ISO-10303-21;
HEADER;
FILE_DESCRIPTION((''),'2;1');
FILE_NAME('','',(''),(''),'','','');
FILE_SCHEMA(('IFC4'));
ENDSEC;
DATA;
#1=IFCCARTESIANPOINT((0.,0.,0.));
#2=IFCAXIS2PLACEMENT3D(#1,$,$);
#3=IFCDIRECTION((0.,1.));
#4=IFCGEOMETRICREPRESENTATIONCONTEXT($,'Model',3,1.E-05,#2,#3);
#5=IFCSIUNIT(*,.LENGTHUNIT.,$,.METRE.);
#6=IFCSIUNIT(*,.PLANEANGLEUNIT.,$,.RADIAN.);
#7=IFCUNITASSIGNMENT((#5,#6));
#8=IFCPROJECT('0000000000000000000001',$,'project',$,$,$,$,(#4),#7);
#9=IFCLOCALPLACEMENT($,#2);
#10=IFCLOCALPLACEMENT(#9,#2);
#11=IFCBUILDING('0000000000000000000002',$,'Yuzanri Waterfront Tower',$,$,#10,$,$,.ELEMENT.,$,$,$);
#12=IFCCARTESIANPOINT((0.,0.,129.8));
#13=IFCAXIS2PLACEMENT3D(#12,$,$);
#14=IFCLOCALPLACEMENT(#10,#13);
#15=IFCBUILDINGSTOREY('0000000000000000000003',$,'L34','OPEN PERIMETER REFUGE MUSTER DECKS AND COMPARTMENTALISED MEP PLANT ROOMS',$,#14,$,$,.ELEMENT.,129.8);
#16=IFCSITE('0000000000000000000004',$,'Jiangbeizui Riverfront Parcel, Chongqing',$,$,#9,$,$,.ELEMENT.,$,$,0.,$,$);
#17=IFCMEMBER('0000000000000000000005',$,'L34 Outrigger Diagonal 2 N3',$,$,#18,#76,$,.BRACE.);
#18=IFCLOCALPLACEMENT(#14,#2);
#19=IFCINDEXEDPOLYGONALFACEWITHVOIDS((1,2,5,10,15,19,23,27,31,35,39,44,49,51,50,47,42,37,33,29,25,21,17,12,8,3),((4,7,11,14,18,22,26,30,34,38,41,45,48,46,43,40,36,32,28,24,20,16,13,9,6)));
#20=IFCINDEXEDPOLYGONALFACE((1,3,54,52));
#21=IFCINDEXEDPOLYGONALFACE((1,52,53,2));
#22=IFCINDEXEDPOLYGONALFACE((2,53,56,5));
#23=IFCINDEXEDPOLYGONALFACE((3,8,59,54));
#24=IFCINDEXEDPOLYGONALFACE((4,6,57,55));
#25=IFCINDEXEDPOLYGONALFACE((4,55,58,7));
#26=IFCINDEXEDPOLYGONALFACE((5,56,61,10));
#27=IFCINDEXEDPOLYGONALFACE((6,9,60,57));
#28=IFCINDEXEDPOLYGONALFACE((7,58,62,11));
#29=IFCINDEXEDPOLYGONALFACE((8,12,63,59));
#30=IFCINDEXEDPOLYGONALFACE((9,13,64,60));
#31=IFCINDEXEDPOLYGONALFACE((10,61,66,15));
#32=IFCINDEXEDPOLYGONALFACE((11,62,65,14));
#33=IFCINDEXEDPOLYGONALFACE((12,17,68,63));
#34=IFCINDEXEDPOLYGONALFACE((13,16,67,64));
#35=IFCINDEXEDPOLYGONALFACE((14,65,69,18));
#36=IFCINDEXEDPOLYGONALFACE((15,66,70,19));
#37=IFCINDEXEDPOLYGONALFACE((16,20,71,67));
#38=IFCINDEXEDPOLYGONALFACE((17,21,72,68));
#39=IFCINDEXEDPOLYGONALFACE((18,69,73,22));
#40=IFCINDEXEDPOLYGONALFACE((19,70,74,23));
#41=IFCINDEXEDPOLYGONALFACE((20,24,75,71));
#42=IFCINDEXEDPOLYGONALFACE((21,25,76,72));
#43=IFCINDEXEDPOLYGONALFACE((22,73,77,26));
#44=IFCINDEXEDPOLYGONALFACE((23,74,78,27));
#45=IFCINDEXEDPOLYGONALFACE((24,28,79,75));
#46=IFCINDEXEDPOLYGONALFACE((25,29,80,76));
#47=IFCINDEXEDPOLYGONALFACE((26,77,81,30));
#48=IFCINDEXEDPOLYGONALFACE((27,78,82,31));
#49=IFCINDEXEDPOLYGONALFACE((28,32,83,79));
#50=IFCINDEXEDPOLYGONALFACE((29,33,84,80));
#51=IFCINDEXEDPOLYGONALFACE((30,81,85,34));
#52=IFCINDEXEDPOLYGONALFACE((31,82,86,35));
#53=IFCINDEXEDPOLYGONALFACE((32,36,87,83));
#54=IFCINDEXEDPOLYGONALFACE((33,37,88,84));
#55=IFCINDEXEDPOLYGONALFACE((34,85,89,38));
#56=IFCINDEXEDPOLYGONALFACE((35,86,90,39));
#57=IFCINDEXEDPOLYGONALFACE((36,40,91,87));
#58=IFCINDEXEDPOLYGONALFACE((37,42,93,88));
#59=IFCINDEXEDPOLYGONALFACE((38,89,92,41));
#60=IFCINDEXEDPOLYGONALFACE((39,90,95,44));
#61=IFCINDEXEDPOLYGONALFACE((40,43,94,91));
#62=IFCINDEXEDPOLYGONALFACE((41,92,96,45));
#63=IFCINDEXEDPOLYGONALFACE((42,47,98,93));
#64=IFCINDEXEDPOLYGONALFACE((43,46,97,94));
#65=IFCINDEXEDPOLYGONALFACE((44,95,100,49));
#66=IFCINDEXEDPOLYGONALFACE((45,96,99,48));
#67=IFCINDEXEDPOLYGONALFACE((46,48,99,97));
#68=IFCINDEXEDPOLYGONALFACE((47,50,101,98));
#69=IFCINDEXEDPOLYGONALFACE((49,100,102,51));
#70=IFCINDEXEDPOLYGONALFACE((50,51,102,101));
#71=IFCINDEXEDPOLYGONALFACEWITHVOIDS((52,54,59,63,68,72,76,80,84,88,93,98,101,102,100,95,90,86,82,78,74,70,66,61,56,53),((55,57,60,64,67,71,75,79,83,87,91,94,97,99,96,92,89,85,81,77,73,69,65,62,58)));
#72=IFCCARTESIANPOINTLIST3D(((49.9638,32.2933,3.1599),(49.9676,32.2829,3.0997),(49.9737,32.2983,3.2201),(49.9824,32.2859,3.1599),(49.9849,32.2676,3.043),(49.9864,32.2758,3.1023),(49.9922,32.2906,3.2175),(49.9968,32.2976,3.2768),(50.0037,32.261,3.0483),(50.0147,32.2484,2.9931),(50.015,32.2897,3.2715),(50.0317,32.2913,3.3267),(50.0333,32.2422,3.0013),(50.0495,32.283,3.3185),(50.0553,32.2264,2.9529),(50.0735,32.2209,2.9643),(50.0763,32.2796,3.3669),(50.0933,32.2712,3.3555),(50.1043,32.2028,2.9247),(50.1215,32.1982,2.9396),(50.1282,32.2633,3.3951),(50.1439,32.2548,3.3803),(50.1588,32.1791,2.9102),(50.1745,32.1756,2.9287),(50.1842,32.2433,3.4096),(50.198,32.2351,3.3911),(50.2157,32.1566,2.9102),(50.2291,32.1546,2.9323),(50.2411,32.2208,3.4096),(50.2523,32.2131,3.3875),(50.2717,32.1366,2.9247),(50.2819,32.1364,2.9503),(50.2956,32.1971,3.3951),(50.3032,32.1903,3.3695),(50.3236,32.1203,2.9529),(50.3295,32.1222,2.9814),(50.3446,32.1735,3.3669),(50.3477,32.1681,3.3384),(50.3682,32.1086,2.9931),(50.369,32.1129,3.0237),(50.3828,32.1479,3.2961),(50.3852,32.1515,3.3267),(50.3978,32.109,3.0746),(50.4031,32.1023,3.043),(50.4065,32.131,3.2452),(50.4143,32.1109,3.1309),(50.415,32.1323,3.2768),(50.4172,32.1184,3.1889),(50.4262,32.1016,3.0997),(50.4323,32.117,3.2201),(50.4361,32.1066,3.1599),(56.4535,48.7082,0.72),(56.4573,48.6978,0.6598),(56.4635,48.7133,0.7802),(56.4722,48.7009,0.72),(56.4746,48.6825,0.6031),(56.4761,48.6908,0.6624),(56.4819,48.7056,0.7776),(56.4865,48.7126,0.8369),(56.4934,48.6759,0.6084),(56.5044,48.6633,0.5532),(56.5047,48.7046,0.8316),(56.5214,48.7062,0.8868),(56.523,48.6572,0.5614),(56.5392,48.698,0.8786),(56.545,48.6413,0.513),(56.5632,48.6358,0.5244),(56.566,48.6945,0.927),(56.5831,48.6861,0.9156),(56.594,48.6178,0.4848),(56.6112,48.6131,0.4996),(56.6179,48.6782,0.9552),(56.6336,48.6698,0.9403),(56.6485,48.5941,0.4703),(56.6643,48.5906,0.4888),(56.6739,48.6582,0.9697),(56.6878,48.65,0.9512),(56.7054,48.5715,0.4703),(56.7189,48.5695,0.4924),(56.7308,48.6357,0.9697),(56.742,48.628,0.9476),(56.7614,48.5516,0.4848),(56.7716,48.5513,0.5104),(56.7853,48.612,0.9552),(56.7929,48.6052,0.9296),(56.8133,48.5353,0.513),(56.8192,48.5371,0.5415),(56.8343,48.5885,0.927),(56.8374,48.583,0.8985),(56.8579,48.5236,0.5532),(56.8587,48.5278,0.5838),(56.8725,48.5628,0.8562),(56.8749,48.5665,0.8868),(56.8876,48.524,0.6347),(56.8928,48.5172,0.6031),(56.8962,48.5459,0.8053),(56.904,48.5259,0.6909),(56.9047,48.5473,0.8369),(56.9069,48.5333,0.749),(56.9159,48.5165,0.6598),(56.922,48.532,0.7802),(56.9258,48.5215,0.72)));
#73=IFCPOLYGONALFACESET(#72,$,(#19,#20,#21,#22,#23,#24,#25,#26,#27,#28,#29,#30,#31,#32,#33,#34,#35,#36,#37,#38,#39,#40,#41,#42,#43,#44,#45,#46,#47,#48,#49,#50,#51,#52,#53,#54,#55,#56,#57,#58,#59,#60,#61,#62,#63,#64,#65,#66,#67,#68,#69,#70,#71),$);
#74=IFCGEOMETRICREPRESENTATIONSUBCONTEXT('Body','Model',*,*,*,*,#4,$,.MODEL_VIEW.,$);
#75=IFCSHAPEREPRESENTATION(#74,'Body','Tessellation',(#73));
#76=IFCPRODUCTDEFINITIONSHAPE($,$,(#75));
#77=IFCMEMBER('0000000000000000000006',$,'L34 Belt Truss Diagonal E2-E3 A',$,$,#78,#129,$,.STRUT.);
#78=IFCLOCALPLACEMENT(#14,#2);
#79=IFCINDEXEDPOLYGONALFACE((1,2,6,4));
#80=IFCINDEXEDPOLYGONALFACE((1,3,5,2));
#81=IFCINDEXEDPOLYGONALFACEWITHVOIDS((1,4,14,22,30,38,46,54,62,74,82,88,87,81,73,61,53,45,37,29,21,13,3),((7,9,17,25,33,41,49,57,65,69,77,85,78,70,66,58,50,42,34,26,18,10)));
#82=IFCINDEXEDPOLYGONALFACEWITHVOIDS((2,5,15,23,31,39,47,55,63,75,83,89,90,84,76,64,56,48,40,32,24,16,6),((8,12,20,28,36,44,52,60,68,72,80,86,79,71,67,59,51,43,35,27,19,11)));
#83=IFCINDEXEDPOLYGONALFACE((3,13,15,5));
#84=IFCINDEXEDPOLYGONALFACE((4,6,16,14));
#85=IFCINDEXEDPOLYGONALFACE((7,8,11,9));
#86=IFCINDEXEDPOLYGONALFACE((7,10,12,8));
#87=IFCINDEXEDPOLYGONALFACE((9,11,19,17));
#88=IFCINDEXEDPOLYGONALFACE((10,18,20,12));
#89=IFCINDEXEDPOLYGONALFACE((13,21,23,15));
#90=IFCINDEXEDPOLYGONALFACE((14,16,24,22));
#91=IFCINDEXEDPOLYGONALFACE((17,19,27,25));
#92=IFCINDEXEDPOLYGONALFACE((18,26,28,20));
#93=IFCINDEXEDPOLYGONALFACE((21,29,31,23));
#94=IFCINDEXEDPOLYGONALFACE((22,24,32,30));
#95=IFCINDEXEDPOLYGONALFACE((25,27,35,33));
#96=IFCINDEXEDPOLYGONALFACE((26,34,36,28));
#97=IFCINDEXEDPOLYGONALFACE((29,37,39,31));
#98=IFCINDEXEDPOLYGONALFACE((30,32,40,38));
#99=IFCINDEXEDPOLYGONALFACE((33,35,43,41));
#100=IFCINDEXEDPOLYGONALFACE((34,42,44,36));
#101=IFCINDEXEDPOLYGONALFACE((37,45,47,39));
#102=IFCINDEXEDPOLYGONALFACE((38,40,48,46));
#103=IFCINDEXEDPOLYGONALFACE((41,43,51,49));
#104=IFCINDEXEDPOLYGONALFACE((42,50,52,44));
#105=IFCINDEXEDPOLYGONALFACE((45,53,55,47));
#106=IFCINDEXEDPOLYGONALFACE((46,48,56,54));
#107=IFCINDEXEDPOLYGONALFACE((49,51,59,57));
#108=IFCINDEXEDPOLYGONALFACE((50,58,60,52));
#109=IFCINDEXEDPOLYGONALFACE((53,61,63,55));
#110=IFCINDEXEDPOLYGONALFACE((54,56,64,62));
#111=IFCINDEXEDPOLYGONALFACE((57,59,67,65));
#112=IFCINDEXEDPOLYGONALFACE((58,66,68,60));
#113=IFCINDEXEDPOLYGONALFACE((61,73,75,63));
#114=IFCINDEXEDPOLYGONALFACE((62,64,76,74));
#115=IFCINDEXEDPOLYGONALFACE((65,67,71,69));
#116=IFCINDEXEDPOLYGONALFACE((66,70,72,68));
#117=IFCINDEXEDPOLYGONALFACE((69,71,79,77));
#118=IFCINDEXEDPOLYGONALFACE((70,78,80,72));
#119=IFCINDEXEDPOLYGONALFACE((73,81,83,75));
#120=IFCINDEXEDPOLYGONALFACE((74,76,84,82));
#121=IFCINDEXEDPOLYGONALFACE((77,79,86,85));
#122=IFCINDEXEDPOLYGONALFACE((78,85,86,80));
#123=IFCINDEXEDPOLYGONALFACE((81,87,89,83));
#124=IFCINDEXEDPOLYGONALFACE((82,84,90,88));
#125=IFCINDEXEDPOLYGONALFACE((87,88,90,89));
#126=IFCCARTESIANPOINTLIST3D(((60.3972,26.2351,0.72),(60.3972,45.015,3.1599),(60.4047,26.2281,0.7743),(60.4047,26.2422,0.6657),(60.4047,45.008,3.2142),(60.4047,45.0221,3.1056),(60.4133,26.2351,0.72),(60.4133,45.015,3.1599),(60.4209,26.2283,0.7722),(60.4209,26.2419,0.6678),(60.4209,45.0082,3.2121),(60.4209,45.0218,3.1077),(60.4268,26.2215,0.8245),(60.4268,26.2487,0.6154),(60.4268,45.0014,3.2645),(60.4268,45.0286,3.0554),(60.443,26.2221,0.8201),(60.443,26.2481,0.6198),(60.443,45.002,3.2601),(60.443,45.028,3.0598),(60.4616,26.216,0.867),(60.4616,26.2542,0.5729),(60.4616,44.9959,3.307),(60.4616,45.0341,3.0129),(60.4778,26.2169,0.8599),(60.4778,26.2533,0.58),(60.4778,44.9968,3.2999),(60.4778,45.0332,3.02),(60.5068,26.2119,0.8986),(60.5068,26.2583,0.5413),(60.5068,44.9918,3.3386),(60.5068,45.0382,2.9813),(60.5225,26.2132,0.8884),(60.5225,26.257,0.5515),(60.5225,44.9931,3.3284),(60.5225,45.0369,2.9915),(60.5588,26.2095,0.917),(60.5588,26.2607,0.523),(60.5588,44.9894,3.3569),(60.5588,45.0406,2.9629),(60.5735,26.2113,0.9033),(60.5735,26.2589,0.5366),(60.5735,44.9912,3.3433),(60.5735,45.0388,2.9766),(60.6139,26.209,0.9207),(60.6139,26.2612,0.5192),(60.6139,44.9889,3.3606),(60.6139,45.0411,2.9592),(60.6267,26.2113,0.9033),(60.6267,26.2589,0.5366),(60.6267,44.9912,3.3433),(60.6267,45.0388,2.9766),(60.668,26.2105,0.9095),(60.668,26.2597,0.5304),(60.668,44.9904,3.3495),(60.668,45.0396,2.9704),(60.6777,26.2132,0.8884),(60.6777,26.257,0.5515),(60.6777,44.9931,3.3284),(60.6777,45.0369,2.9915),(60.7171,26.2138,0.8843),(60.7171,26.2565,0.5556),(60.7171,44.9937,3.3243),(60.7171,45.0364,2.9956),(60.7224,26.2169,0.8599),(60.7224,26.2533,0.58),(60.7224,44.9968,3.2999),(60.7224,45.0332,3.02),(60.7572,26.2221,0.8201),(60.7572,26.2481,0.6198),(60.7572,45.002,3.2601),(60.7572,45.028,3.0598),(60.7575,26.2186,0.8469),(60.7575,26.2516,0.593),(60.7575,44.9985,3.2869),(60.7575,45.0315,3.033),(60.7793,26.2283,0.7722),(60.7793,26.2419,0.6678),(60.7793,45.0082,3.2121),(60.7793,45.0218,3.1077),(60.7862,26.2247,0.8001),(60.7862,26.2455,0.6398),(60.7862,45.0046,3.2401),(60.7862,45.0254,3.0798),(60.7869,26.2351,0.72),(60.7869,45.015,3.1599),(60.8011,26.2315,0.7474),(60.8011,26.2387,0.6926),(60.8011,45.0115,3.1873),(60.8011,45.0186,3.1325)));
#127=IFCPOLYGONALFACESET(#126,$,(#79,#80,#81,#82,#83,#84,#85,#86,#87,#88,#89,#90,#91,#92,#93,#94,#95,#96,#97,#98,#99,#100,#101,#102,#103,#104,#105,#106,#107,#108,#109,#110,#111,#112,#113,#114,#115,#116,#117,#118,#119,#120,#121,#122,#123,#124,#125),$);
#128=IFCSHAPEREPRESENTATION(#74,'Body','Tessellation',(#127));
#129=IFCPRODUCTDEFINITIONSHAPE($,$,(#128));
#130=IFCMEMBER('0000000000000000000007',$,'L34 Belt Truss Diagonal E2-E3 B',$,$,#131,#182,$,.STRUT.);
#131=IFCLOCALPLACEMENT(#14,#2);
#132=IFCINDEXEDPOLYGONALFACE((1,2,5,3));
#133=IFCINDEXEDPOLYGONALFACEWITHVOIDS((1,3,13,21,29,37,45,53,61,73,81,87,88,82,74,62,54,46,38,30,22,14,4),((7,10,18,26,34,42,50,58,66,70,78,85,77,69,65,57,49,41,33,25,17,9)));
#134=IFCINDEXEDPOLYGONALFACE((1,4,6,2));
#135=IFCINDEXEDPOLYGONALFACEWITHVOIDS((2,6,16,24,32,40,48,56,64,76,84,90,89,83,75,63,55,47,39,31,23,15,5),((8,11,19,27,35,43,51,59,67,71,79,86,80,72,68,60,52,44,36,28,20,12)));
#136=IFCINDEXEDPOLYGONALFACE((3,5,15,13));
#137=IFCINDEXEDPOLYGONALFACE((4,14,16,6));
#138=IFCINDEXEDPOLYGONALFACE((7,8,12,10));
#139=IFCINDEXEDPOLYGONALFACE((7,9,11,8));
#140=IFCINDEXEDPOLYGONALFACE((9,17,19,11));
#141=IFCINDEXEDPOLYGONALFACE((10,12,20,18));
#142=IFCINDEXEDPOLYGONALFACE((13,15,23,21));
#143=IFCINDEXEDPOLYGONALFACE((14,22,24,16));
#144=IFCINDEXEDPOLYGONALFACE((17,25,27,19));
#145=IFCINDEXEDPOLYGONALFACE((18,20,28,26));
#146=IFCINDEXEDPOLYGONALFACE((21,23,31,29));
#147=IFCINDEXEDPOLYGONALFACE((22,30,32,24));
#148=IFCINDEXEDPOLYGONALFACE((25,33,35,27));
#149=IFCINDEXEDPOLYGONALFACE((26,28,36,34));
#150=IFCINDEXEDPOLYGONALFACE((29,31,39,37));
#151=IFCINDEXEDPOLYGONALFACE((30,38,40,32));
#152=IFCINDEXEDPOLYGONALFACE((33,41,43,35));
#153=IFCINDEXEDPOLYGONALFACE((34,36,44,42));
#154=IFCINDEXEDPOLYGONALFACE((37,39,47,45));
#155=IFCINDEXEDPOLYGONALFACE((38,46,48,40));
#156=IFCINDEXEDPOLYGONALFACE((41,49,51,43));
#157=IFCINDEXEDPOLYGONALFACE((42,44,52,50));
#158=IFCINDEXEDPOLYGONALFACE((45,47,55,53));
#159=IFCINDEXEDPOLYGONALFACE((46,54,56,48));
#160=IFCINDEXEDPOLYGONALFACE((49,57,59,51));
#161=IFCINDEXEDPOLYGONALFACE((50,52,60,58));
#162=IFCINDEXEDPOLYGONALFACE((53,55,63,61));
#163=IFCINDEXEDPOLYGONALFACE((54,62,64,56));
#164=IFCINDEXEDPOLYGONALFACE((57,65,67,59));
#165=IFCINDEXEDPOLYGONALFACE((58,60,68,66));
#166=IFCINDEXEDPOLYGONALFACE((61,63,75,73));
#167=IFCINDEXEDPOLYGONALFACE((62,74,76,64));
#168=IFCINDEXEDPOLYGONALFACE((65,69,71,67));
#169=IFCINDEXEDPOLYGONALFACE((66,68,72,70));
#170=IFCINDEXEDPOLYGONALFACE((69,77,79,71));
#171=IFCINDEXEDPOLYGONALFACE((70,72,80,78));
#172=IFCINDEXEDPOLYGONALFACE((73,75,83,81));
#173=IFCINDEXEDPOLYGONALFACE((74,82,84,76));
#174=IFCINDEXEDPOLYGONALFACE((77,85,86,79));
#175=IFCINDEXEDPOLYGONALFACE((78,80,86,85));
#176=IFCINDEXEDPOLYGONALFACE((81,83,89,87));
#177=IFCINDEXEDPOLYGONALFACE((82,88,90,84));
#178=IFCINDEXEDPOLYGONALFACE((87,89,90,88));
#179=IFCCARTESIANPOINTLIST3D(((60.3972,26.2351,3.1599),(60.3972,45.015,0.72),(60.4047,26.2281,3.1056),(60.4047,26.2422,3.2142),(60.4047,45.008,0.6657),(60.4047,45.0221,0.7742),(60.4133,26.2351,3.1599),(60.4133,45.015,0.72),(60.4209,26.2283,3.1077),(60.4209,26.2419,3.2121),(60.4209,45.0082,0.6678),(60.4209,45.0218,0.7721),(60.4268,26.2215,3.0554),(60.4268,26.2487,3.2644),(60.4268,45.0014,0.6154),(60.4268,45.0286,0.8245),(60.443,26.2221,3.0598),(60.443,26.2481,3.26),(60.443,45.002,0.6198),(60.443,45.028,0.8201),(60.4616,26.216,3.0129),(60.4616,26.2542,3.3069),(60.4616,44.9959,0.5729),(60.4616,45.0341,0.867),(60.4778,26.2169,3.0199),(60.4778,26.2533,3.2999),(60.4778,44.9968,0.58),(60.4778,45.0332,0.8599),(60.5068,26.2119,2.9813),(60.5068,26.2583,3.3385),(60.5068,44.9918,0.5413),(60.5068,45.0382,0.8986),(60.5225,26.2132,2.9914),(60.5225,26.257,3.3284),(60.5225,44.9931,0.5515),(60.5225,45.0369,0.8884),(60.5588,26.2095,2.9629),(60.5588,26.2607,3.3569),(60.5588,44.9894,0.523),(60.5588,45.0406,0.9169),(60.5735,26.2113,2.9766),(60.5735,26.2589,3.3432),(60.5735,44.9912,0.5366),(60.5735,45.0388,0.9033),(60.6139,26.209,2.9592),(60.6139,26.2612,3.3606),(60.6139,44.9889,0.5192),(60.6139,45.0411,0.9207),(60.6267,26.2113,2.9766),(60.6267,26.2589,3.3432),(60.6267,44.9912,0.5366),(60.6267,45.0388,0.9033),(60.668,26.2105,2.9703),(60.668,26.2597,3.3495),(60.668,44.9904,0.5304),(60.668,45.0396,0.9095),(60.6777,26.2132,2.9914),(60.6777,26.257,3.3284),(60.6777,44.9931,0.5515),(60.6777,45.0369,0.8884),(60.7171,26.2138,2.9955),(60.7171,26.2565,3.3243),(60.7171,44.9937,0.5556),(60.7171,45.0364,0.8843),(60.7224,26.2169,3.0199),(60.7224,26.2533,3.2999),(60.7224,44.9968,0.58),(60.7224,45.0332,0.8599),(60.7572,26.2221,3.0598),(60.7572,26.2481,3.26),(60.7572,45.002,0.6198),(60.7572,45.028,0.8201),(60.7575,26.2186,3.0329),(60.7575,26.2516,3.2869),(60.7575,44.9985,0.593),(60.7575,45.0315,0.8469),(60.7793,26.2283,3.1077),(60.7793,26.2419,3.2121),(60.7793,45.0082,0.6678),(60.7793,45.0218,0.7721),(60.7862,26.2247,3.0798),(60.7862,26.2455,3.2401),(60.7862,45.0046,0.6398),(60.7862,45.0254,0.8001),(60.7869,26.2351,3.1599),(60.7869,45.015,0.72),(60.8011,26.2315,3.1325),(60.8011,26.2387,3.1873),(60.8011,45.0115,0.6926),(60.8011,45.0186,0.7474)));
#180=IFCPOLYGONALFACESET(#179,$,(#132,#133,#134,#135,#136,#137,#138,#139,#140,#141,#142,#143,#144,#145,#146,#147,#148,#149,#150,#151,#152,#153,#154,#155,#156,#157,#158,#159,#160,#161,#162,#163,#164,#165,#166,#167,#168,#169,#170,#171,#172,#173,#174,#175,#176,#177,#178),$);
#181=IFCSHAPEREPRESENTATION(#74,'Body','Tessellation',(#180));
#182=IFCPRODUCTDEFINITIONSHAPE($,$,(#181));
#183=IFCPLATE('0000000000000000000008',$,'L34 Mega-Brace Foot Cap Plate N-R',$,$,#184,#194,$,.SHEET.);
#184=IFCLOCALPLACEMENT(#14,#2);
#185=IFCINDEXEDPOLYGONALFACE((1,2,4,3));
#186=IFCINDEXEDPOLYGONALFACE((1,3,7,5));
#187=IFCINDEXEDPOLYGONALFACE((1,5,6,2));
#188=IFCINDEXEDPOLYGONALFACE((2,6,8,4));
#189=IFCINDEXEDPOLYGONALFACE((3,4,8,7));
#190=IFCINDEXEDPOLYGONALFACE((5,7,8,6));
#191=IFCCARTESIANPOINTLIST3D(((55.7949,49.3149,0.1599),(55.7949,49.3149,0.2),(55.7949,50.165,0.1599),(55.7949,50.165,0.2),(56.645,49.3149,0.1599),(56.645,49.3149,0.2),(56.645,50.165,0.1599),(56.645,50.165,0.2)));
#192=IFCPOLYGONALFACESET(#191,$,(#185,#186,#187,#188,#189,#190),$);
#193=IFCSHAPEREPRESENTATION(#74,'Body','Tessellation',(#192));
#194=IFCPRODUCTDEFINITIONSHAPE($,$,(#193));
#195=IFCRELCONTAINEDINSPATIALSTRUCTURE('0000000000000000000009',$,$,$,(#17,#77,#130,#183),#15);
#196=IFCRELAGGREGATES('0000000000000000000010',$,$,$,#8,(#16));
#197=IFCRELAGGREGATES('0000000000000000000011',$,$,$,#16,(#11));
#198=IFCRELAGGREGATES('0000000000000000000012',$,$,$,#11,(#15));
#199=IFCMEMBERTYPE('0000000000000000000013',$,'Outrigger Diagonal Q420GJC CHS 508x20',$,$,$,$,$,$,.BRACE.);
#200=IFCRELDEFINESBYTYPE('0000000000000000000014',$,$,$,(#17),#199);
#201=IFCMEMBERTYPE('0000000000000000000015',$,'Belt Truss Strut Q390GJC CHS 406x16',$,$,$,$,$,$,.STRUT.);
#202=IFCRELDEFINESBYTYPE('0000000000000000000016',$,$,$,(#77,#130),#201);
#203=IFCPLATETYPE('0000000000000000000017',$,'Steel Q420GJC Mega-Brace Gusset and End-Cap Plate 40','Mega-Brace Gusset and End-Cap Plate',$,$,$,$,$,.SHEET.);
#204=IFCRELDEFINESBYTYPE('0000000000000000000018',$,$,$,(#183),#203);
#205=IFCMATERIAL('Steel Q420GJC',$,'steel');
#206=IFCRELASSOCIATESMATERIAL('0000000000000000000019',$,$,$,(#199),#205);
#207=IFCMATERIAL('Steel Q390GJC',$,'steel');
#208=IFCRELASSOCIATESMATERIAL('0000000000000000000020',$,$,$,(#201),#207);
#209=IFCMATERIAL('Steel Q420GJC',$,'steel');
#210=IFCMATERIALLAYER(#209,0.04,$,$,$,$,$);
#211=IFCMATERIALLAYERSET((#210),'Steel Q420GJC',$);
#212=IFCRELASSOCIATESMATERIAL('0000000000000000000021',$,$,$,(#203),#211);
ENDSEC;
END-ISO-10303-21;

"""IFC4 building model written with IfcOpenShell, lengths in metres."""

from ifc_helpers import new_model, si_unit, direction, frame, origin, origin_2d, place, context, subcontext, project, spatial, rectangle, hollow_circle, extrude, source, transform, mapped, material, layer, layer_set, material_profile, profile_set, type_object, element, save


model = new_model("IFC4")

# Units and contexts
model_context = context("Model", 3, precision=1e-05, world=origin(), true_north=direction((0.0, 1.0)))
body_context = subcontext(model_context, "Body", "Model", "MODEL_VIEW")
ifc_project = project(units=[si_unit("LENGTHUNIT", "METRE"), si_unit("PLANEANGLEUNIT", "RADIAN")], contexts=[model_context])

# Site, building, storey
site_placement = place(None, origin())
site = spatial("IfcSite", under=ifc_project, at=site_placement, Name="Jiangbeizui Riverfront Parcel, Chongqing", CompositionType="ELEMENT", RefElevation=0.0)
building_placement = place(site_placement, origin())
building = spatial("IfcBuilding", under=site, at=building_placement, Name="Yuzanri Waterfront Tower", CompositionType="ELEMENT")
storey_placement = place(building_placement, frame((0.0, 0.0, 129.8)))
storey = spatial("IfcBuildingStorey", under=building, at=storey_placement, Name="L34", Description="OPEN PERIMETER REFUGE MUSTER DECKS AND COMPARTMENTALISED MEP PLANT ROOMS", CompositionType="ELEMENT", Elevation=129.8)

# Members
ifc_material_1 = material(Name="Steel Q420GJC", Category="steel")
ifc_material_profile_1 = material_profile(ifc_material_1, hollow_circle(Radius=0.2539, WallThickness=0.02, at=origin_2d()), Name="CHS 508x20")
ifc_profile_set_1 = profile_set([ifc_material_profile_1], Name="Steel Q420GJC")
member_type_1 = type_object("IfcMemberType", Name="Outrigger Diagonal Q420GJC CHS 508x20", PredefinedType="BRACE", material=ifc_profile_set_1)
shared_shape_1 = source(origin(), body_context, "Body", "SweptSolid", [
    extrude(hollow_circle(Radius=0.2539, WallThickness=0.02, at=origin_2d()), origin(), (0.0, 0.0, 1.0), 17.8191),
])
for number, where, z_axis, x_axis, name in (
    (1, (50.2, 32.2, 3.1599), (0.3642, 0.9212, -0.136928), (-0.929959, 0.367663, 0.0), "L34 Outrigger Diagonal 2 N3"),
):
    element("IfcMember", number, at=place(storey_placement, frame(where, z_axis=z_axis, x_axis=x_axis)), inside=storey, type_object=member_type_1, Name=name, PredefinedType="BRACE", context=body_context, shape_type="MappedRepresentation", body=[
        mapped(shared_shape_1, transform((0.0, 0.0, 0.0), scale=1.0)),
    ])
ifc_material_2 = material(Name="Steel Q390GJC", Category="steel")
ifc_material_profile_2 = material_profile(ifc_material_2, hollow_circle(Radius=0.2029, WallThickness=0.0161, at=origin_2d()), Name="CHS 406x16")
ifc_profile_set_2 = profile_set([ifc_material_profile_2], Name="Steel Q390GJC")
member_type_2 = type_object("IfcMemberType", Name="Belt Truss Strut Q390GJC CHS 406x16", PredefinedType="STRUT", material=ifc_profile_set_2)
shared_shape_2 = source(origin(), body_context, "Body", "SweptSolid", [
    extrude(hollow_circle(Radius=0.2029, WallThickness=0.0161, at=origin_2d()), origin(), (0.0, 0.0, 1.0), 18.9377),
])
for number, where, z_axis, x_axis, name in (
    (2, (60.6001, 26.2351, 0.72), (0.0, 0.991665, 0.128841), (-1.0, 0.0, 0.0), "L34 Belt Truss Diagonal E2-E3 A"),
    (3, (60.6001, 26.2351, 3.1599), (0.0, 0.991665, -0.128841), (-1.0, 0.0, 0.0), "L34 Belt Truss Diagonal E2-E3 B"),
):
    element("IfcMember", number, at=place(storey_placement, frame(where, z_axis=z_axis, x_axis=x_axis)), inside=storey, type_object=member_type_2, Name=name, PredefinedType="STRUT", context=body_context, shape_type="MappedRepresentation", body=[
        mapped(shared_shape_2, transform((0.0, 0.0, 0.0), scale=1.0)),
    ])

# Plate
ifc_material_3 = material(Name="Steel Q420GJC", Category="steel")
ifc_layer_1 = layer(ifc_material_3, 0.04)
ifc_layer_set_1 = layer_set([ifc_layer_1], Name="Steel Q420GJC")
plate_type_1 = type_object("IfcPlateType", Name="Steel Q420GJC Mega-Brace Gusset and End-Cap Plate 40", Description="Mega-Brace Gusset and End-Cap Plate", PredefinedType="SHEET", material=ifc_layer_set_1)
shared_shape_3 = source(origin(), body_context, "Body", "SweptSolid", [
    extrude(rectangle(XDim=0.8501, YDim=0.8501, at=origin_2d()), origin(), (0.0, 0.0, 1.0), 0.04),
])
for number, where, z_axis, x_axis, name in (
    (4, (56.22, 49.74, 0.1599), (0.0, 0.0, 1.0), (1.0, 0.0, 0.0), "L34 Mega-Brace Foot Cap Plate N-R"),
):
    element("IfcPlate", number, at=place(storey_placement, frame(where, z_axis=z_axis, x_axis=x_axis)), inside=storey, type_object=plate_type_1, Name=name, PredefinedType="SHEET", context=body_context, shape_type="MappedRepresentation", body=[
        mapped(shared_shape_3, transform((0.0, 0.0, 0.0), scale=1.0)),
    ])

save(model, "model.ifc")
